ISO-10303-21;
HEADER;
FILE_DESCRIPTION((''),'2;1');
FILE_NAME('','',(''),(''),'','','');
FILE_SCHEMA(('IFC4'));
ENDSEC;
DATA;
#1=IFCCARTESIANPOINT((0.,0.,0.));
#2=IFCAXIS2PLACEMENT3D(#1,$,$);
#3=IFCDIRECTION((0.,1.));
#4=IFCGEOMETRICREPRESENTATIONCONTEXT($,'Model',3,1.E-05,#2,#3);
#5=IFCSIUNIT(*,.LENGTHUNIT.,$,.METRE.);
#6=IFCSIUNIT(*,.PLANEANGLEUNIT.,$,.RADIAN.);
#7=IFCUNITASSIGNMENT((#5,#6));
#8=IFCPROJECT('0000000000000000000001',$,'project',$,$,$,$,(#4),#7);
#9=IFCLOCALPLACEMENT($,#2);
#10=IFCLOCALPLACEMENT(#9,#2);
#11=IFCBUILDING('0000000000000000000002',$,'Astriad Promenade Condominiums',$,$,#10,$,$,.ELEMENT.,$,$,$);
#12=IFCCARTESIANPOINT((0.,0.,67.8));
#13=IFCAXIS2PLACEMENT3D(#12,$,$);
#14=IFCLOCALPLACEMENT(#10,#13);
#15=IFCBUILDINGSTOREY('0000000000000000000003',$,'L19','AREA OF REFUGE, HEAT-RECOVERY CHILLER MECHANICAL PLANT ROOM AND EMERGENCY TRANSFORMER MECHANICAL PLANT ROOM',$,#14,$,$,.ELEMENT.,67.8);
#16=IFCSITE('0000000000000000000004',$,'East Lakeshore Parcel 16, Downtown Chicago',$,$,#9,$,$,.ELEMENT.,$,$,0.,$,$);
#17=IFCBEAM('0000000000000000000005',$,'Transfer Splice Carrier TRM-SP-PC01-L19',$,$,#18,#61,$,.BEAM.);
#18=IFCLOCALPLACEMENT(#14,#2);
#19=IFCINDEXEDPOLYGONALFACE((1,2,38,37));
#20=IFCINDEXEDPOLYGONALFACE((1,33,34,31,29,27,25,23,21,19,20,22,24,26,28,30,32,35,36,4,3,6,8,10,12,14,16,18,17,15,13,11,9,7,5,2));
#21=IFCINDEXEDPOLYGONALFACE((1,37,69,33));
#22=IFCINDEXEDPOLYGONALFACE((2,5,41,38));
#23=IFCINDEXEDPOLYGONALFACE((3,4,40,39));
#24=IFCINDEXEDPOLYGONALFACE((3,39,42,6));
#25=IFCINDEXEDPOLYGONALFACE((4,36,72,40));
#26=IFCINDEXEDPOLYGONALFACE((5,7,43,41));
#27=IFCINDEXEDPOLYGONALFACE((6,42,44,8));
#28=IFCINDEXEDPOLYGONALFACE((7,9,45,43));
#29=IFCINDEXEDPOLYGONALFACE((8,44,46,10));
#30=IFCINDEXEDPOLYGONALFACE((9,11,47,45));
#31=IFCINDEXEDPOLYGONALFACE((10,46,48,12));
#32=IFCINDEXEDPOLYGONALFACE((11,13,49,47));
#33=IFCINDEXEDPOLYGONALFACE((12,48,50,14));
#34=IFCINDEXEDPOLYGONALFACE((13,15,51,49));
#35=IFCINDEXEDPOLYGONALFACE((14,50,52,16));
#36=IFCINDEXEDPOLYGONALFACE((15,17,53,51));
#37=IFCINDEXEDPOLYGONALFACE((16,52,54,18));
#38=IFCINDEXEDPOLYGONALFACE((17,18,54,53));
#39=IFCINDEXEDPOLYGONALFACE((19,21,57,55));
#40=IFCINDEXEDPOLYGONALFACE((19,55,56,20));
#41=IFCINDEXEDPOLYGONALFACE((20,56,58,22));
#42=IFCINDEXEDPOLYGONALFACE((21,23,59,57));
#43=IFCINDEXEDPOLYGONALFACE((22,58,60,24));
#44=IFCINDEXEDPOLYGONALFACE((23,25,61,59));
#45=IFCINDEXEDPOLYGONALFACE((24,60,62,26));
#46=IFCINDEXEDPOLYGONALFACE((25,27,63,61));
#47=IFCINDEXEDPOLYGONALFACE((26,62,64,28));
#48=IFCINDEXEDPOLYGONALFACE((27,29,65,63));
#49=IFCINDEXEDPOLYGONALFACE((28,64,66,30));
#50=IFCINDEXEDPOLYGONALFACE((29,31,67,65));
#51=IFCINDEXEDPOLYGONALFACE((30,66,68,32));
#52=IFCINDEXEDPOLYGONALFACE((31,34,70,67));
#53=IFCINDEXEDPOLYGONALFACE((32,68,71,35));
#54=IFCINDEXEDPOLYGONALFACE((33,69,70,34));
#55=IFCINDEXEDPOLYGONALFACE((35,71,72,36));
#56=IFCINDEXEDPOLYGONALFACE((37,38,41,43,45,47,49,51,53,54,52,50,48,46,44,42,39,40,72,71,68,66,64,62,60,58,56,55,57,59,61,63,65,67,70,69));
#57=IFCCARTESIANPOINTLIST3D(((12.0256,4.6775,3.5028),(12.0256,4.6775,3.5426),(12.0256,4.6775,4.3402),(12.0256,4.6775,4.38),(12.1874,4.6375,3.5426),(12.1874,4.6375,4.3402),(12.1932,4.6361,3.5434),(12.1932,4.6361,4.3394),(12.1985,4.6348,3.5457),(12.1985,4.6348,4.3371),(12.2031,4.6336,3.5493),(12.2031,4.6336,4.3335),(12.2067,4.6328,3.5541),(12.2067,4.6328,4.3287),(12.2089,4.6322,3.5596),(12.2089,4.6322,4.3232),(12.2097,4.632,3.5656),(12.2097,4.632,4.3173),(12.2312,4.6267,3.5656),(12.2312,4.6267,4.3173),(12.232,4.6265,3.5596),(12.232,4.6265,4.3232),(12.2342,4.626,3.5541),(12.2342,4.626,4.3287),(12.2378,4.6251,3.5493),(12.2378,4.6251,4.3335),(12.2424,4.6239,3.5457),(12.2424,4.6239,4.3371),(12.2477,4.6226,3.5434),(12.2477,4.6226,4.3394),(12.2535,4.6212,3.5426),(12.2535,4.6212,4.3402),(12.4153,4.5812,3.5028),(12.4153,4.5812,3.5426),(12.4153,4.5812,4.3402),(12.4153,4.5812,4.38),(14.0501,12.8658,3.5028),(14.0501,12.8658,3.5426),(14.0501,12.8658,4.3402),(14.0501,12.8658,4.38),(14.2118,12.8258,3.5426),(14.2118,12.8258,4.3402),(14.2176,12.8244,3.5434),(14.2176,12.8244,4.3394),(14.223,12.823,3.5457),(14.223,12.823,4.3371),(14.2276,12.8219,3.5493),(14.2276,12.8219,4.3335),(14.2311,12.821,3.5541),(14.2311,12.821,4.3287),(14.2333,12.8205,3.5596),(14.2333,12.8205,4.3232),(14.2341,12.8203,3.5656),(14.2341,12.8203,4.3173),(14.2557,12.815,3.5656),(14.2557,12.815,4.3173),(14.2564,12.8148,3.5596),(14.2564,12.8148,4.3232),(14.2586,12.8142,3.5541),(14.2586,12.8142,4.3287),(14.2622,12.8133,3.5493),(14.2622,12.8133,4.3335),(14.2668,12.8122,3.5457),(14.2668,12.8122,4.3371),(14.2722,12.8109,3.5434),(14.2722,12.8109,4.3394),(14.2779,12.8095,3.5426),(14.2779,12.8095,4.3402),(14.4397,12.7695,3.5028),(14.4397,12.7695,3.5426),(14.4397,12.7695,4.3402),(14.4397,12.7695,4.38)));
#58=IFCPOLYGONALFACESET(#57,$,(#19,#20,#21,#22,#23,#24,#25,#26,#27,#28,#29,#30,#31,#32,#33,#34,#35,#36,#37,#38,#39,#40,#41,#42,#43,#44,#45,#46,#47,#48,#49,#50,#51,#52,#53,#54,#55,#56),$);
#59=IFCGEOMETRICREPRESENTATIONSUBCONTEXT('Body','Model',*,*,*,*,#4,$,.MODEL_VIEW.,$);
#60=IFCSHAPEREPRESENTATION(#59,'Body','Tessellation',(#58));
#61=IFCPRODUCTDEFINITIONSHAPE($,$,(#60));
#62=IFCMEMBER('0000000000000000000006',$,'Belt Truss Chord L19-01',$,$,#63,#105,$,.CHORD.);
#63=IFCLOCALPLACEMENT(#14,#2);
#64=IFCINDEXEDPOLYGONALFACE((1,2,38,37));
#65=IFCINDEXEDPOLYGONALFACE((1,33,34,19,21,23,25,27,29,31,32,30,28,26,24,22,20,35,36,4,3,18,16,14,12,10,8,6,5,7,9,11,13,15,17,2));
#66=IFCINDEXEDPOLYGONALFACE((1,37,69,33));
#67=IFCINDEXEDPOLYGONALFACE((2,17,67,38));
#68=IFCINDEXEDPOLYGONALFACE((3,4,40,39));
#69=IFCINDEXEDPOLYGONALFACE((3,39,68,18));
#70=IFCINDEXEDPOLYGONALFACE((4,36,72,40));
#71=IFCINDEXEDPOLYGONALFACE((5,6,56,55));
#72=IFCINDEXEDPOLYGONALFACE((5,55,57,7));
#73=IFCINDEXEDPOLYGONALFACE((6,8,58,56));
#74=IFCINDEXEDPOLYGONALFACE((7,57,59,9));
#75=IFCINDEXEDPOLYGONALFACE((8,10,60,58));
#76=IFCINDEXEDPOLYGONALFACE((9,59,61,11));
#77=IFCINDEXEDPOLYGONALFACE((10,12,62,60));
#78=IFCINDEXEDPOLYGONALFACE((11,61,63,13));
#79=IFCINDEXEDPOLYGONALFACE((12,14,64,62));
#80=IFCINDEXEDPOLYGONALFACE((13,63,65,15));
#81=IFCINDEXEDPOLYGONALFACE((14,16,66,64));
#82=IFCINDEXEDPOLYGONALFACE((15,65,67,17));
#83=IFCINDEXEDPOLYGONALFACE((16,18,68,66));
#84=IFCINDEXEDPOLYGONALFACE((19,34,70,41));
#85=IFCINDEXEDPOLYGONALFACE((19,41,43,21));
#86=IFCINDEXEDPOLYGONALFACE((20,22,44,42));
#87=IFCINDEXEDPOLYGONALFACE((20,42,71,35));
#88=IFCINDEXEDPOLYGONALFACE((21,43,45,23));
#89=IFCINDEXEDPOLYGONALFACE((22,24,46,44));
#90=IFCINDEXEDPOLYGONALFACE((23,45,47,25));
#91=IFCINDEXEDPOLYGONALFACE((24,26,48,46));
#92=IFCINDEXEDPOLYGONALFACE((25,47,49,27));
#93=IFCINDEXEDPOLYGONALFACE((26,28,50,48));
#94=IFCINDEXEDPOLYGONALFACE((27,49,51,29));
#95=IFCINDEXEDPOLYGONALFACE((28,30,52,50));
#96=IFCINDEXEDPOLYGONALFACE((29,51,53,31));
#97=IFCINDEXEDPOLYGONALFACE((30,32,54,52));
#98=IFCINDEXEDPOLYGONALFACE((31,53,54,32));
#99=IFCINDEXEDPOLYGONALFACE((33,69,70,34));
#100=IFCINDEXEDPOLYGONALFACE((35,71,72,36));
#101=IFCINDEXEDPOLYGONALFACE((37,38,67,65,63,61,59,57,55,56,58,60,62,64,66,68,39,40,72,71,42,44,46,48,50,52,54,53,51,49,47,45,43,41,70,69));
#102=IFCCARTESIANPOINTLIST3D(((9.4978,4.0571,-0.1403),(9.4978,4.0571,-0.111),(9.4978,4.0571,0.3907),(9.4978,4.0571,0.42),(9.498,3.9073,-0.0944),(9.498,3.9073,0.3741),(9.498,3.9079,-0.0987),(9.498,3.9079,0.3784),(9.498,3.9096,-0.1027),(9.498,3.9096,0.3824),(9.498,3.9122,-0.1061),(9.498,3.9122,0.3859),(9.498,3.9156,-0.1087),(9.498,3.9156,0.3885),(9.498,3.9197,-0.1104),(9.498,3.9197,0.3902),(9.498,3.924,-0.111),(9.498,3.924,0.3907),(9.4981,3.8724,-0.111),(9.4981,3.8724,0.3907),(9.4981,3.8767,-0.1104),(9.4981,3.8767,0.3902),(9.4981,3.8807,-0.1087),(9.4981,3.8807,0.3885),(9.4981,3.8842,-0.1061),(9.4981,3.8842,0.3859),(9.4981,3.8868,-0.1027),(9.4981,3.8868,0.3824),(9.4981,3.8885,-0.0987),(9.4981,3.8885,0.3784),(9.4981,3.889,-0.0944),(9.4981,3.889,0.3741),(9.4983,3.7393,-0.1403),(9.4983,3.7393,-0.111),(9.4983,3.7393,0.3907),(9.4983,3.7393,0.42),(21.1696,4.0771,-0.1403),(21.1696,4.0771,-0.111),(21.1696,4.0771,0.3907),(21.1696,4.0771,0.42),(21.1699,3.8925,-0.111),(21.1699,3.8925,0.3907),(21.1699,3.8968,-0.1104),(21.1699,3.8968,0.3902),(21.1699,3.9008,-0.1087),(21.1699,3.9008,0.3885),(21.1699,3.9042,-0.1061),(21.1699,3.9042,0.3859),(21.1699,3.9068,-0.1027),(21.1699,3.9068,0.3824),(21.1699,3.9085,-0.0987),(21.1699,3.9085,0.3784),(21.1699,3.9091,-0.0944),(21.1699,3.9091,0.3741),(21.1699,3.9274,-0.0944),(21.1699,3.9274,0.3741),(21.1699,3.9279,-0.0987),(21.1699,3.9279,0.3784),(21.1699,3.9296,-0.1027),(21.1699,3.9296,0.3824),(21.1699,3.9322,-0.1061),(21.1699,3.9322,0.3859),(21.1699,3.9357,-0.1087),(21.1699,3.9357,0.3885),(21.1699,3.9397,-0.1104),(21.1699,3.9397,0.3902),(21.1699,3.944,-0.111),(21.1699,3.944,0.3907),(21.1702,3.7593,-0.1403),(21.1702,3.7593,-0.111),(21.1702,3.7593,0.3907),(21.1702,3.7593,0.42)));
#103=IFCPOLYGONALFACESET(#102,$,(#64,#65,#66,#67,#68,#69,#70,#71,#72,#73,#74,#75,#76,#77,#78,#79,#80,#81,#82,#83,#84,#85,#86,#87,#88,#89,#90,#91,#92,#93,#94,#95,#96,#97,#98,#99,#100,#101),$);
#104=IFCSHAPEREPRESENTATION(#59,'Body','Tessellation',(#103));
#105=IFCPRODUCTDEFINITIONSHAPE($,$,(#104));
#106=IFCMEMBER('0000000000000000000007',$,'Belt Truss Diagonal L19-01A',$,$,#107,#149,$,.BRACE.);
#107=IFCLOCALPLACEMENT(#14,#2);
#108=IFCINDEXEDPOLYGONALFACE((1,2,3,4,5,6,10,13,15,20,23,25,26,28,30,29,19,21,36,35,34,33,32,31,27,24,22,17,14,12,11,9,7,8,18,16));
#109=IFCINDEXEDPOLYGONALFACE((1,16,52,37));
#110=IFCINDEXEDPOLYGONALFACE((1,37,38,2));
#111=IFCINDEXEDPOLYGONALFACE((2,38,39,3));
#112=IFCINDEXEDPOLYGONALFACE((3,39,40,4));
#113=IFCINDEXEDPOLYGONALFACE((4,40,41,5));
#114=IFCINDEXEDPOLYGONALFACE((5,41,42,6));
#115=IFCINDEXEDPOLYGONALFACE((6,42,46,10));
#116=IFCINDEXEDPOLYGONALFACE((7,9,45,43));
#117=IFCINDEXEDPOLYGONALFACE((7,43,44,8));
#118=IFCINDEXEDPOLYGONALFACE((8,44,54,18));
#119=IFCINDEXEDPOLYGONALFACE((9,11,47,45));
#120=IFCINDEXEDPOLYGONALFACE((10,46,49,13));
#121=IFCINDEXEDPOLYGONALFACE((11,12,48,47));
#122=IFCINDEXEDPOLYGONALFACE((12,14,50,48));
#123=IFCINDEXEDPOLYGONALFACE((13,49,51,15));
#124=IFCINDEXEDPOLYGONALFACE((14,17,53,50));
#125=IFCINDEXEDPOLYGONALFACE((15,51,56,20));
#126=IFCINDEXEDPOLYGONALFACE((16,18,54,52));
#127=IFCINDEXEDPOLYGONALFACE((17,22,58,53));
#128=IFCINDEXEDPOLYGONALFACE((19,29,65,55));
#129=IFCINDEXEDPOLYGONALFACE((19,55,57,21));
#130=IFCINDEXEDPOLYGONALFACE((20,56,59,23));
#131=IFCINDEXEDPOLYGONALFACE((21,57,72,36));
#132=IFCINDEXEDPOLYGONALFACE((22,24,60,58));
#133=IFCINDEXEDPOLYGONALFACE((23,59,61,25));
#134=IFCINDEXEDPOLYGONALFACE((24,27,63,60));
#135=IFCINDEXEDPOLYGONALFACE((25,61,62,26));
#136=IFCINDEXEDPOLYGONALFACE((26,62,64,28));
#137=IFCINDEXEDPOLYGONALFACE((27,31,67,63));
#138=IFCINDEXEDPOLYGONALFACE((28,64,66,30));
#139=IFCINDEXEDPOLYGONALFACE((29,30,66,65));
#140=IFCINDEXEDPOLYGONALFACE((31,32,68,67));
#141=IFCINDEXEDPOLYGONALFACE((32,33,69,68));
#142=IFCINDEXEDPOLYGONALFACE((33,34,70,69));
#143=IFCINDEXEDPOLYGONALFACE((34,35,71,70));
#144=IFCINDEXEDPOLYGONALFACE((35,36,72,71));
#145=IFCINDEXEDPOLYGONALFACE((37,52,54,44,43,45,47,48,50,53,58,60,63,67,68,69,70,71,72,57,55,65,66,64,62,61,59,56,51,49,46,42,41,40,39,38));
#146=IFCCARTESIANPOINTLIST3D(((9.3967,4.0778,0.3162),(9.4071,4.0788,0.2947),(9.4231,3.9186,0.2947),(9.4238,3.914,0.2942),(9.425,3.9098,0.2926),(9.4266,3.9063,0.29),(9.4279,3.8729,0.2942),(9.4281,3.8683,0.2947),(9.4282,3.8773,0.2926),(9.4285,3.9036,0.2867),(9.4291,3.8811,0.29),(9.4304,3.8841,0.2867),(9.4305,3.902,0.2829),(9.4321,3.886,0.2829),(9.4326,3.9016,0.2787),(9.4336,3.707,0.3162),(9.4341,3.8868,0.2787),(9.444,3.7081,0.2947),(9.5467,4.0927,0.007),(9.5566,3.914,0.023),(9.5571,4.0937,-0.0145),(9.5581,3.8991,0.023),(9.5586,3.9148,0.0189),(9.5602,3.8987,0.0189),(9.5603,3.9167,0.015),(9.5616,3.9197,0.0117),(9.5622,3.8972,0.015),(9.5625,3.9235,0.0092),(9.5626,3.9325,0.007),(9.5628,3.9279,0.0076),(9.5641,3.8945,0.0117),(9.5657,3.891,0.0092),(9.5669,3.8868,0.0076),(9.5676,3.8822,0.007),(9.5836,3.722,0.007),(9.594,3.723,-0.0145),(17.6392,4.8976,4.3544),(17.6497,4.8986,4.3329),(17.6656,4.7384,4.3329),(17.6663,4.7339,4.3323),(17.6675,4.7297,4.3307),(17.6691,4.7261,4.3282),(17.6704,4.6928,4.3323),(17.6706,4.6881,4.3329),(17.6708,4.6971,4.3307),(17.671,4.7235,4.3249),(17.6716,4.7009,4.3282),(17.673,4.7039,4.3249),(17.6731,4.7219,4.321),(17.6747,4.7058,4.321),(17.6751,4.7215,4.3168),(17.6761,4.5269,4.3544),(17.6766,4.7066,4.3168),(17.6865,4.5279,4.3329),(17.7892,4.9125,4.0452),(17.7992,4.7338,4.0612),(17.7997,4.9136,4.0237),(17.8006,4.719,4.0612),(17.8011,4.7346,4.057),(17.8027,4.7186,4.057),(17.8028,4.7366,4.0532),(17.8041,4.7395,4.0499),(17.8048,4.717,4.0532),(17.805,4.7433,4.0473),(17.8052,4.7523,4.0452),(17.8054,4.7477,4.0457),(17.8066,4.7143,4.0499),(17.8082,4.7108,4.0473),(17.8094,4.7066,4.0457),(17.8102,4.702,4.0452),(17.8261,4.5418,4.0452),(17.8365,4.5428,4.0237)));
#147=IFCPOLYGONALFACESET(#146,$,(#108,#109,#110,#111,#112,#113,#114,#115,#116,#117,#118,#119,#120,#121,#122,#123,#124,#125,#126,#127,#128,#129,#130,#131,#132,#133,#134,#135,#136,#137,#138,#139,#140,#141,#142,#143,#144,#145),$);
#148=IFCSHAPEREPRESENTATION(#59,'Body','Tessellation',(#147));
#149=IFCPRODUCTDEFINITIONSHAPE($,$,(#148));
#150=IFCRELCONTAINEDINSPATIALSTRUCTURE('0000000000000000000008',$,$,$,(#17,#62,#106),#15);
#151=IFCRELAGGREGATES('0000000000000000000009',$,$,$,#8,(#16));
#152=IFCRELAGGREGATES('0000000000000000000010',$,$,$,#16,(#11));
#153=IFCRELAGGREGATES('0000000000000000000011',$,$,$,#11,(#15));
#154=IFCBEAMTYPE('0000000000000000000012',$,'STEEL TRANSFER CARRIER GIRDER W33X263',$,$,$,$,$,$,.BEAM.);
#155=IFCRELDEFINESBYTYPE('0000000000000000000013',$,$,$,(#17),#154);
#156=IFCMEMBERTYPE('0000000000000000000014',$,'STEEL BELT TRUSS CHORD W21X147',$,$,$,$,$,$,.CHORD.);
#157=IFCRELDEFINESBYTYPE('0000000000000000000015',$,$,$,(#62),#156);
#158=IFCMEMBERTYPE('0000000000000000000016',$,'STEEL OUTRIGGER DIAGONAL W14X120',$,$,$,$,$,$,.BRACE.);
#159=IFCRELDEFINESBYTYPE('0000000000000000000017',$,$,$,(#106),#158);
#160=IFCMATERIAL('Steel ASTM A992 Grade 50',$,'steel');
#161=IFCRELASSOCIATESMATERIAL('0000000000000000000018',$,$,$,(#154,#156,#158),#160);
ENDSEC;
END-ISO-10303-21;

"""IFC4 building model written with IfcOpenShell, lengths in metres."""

from ifc_helpers import new_model, si_unit, direction, frame, origin, origin_2d, place, context, subcontext, project, spatial, i_section, extrude, source, transform, mapped, material, material_profile, profile_set, type_object, type_shapes, element, save


model = new_model("IFC4")

# Units and contexts
model_context = context("Model", 3, precision=1e-05, world=origin(), true_north=direction((0.0, 1.0)))
body_context = subcontext(model_context, "Body", "Model", "MODEL_VIEW")
ifc_project = project(units=[si_unit("LENGTHUNIT", "METRE"), si_unit("PLANEANGLEUNIT", "RADIAN")], contexts=[model_context])

# Site, building, storey
site_placement = place(None, origin())
site = spatial("IfcSite", under=ifc_project, at=site_placement, Name="East Lakeshore Parcel 16, Downtown Chicago", CompositionType="ELEMENT", RefElevation=0.0)
building_placement = place(site_placement, origin())
building = spatial("IfcBuilding", under=site, at=building_placement, Name="Astriad Promenade Condominiums", CompositionType="ELEMENT")
storey_placement = place(building_placement, frame((0.0, 0.0, 67.8)))
storey = spatial("IfcBuildingStorey", under=building, at=storey_placement, Name="L19", Description="AREA OF REFUGE, HEAT-RECOVERY CHILLER MECHANICAL PLANT ROOM AND EMERGENCY TRANSFORMER MECHANICAL PLANT ROOM", CompositionType="ELEMENT", Elevation=67.8)

# Shared definitions
ifc_material_1 = material(Name="Steel ASTM A992 Grade 50", Category="steel")

# Beam
ifc_material_profile_1 = material_profile(ifc_material_1, i_section(OverallWidth=0.4014, OverallDepth=0.8772, WebThickness=0.0222, FlangeThickness=0.0398, FilletRadius=0.0229, at=origin_2d()), Name="W33X263")
ifc_profile_set_1 = profile_set([ifc_material_profile_1], Name="Steel ASTM A992 Grade 50")
beam_type_1 = type_object("IfcBeamType", Name="STEEL TRANSFER CARRIER GIRDER W33X263", PredefinedType="BEAM", material=ifc_profile_set_1)
shared_shape_1 = source(origin(), body_context, "Body", "SweptSolid", [
    extrude(i_section(OverallWidth=0.4014, OverallDepth=0.8772, WebThickness=0.0222, FlangeThickness=0.0398, FilletRadius=0.0229, at=origin_2d()), origin(), (0.0, 0.0, 1.0), 8.4348),
])
type_shapes(beam_type_1, [shared_shape_1])
beam_1_placement = place(storey_placement, frame((14.2449, 12.8176, 3.9414), z_axis=(-0.240008, -0.970771, 0.0), x_axis=(0.970771, -0.240008, 0.0)))
element("IfcBeam", 1, at=beam_1_placement, inside=storey, type_object=beam_type_1, Name="Transfer Splice Carrier TRM-SP-PC01-L19", PredefinedType="BEAM", context=body_context, shape_type="MappedRepresentation", body=[
    mapped(shared_shape_1, transform((0.0, 0.0, 0.0), scale=1.0)),
])

# Members
ifc_material_profile_2 = material_profile(ifc_material_1, i_section(OverallWidth=0.3179, OverallDepth=0.5603, WebThickness=0.0183, FlangeThickness=0.0293, FilletRadius=0.0166, at=origin_2d()), Name="W21X147")
ifc_profile_set_2 = profile_set([ifc_material_profile_2], Name="Steel ASTM A992 Grade 50")
member_type_1 = type_object("IfcMemberType", Name="STEEL BELT TRUSS CHORD W21X147", PredefinedType="CHORD", material=ifc_profile_set_2)
shared_shape_2 = source(origin(), body_context, "Body", "SweptSolid", [
    extrude(i_section(OverallWidth=0.3179, OverallDepth=0.5603, WebThickness=0.0183, FlangeThickness=0.0293, FilletRadius=0.0166, at=origin_2d()), origin(), (0.0, 0.0, 1.0), 11.6719),
])
member_1_placement = place(storey_placement, frame((9.498, 3.8982, 0.1399), z_axis=(0.999999, 0.001715, 0.0), x_axis=(-0.001715, 0.999999, 0.0)))
element("IfcMember", 2, at=member_1_placement, inside=storey, type_object=member_type_1, Name="Belt Truss Chord L19-01", PredefinedType="CHORD", context=body_context, shape_type="MappedRepresentation", body=[
    mapped(shared_shape_2, transform((0.0, 0.0, 0.0), scale=1.0)),
])
ifc_material_profile_3 = material_profile(ifc_material_1, i_section(OverallWidth=0.3726, OverallDepth=0.3679, WebThickness=0.0149, FlangeThickness=0.0239, FilletRadius=0.0178, at=origin_2d()), Name="W14X120")
ifc_profile_set_3 = profile_set([ifc_material_profile_3], Name="Steel ASTM A992 Grade 50")
member_type_2 = type_object("IfcMemberType", Name="STEEL OUTRIGGER DIAGONAL W14X120", PredefinedType="BRACE", material=ifc_profile_set_3)
shared_shape_3 = source(origin(), body_context, "Body", "SweptSolid", [
    extrude(i_section(OverallWidth=0.3726, OverallDepth=0.3679, WebThickness=0.0149, FlangeThickness=0.0239, FilletRadius=0.0178, at=origin_2d()), origin(), (0.0, 0.0, 1.0), 9.2151),
])
member_2_placement = place(storey_placement, frame((9.4954, 3.9004, 0.1509), z_axis=(0.89446, 0.088966, 0.438209), x_axis=(-0.098975, 0.99509, 0.0)))
element("IfcMember", 3, at=member_2_placement, inside=storey, type_object=member_type_2, Name="Belt Truss Diagonal L19-01A", PredefinedType="BRACE", context=body_context, shape_type="MappedRepresentation", body=[
    mapped(shared_shape_3, transform((0.0, 0.0, 0.0), scale=1.0)),
])

save(model, "model.ifc")
